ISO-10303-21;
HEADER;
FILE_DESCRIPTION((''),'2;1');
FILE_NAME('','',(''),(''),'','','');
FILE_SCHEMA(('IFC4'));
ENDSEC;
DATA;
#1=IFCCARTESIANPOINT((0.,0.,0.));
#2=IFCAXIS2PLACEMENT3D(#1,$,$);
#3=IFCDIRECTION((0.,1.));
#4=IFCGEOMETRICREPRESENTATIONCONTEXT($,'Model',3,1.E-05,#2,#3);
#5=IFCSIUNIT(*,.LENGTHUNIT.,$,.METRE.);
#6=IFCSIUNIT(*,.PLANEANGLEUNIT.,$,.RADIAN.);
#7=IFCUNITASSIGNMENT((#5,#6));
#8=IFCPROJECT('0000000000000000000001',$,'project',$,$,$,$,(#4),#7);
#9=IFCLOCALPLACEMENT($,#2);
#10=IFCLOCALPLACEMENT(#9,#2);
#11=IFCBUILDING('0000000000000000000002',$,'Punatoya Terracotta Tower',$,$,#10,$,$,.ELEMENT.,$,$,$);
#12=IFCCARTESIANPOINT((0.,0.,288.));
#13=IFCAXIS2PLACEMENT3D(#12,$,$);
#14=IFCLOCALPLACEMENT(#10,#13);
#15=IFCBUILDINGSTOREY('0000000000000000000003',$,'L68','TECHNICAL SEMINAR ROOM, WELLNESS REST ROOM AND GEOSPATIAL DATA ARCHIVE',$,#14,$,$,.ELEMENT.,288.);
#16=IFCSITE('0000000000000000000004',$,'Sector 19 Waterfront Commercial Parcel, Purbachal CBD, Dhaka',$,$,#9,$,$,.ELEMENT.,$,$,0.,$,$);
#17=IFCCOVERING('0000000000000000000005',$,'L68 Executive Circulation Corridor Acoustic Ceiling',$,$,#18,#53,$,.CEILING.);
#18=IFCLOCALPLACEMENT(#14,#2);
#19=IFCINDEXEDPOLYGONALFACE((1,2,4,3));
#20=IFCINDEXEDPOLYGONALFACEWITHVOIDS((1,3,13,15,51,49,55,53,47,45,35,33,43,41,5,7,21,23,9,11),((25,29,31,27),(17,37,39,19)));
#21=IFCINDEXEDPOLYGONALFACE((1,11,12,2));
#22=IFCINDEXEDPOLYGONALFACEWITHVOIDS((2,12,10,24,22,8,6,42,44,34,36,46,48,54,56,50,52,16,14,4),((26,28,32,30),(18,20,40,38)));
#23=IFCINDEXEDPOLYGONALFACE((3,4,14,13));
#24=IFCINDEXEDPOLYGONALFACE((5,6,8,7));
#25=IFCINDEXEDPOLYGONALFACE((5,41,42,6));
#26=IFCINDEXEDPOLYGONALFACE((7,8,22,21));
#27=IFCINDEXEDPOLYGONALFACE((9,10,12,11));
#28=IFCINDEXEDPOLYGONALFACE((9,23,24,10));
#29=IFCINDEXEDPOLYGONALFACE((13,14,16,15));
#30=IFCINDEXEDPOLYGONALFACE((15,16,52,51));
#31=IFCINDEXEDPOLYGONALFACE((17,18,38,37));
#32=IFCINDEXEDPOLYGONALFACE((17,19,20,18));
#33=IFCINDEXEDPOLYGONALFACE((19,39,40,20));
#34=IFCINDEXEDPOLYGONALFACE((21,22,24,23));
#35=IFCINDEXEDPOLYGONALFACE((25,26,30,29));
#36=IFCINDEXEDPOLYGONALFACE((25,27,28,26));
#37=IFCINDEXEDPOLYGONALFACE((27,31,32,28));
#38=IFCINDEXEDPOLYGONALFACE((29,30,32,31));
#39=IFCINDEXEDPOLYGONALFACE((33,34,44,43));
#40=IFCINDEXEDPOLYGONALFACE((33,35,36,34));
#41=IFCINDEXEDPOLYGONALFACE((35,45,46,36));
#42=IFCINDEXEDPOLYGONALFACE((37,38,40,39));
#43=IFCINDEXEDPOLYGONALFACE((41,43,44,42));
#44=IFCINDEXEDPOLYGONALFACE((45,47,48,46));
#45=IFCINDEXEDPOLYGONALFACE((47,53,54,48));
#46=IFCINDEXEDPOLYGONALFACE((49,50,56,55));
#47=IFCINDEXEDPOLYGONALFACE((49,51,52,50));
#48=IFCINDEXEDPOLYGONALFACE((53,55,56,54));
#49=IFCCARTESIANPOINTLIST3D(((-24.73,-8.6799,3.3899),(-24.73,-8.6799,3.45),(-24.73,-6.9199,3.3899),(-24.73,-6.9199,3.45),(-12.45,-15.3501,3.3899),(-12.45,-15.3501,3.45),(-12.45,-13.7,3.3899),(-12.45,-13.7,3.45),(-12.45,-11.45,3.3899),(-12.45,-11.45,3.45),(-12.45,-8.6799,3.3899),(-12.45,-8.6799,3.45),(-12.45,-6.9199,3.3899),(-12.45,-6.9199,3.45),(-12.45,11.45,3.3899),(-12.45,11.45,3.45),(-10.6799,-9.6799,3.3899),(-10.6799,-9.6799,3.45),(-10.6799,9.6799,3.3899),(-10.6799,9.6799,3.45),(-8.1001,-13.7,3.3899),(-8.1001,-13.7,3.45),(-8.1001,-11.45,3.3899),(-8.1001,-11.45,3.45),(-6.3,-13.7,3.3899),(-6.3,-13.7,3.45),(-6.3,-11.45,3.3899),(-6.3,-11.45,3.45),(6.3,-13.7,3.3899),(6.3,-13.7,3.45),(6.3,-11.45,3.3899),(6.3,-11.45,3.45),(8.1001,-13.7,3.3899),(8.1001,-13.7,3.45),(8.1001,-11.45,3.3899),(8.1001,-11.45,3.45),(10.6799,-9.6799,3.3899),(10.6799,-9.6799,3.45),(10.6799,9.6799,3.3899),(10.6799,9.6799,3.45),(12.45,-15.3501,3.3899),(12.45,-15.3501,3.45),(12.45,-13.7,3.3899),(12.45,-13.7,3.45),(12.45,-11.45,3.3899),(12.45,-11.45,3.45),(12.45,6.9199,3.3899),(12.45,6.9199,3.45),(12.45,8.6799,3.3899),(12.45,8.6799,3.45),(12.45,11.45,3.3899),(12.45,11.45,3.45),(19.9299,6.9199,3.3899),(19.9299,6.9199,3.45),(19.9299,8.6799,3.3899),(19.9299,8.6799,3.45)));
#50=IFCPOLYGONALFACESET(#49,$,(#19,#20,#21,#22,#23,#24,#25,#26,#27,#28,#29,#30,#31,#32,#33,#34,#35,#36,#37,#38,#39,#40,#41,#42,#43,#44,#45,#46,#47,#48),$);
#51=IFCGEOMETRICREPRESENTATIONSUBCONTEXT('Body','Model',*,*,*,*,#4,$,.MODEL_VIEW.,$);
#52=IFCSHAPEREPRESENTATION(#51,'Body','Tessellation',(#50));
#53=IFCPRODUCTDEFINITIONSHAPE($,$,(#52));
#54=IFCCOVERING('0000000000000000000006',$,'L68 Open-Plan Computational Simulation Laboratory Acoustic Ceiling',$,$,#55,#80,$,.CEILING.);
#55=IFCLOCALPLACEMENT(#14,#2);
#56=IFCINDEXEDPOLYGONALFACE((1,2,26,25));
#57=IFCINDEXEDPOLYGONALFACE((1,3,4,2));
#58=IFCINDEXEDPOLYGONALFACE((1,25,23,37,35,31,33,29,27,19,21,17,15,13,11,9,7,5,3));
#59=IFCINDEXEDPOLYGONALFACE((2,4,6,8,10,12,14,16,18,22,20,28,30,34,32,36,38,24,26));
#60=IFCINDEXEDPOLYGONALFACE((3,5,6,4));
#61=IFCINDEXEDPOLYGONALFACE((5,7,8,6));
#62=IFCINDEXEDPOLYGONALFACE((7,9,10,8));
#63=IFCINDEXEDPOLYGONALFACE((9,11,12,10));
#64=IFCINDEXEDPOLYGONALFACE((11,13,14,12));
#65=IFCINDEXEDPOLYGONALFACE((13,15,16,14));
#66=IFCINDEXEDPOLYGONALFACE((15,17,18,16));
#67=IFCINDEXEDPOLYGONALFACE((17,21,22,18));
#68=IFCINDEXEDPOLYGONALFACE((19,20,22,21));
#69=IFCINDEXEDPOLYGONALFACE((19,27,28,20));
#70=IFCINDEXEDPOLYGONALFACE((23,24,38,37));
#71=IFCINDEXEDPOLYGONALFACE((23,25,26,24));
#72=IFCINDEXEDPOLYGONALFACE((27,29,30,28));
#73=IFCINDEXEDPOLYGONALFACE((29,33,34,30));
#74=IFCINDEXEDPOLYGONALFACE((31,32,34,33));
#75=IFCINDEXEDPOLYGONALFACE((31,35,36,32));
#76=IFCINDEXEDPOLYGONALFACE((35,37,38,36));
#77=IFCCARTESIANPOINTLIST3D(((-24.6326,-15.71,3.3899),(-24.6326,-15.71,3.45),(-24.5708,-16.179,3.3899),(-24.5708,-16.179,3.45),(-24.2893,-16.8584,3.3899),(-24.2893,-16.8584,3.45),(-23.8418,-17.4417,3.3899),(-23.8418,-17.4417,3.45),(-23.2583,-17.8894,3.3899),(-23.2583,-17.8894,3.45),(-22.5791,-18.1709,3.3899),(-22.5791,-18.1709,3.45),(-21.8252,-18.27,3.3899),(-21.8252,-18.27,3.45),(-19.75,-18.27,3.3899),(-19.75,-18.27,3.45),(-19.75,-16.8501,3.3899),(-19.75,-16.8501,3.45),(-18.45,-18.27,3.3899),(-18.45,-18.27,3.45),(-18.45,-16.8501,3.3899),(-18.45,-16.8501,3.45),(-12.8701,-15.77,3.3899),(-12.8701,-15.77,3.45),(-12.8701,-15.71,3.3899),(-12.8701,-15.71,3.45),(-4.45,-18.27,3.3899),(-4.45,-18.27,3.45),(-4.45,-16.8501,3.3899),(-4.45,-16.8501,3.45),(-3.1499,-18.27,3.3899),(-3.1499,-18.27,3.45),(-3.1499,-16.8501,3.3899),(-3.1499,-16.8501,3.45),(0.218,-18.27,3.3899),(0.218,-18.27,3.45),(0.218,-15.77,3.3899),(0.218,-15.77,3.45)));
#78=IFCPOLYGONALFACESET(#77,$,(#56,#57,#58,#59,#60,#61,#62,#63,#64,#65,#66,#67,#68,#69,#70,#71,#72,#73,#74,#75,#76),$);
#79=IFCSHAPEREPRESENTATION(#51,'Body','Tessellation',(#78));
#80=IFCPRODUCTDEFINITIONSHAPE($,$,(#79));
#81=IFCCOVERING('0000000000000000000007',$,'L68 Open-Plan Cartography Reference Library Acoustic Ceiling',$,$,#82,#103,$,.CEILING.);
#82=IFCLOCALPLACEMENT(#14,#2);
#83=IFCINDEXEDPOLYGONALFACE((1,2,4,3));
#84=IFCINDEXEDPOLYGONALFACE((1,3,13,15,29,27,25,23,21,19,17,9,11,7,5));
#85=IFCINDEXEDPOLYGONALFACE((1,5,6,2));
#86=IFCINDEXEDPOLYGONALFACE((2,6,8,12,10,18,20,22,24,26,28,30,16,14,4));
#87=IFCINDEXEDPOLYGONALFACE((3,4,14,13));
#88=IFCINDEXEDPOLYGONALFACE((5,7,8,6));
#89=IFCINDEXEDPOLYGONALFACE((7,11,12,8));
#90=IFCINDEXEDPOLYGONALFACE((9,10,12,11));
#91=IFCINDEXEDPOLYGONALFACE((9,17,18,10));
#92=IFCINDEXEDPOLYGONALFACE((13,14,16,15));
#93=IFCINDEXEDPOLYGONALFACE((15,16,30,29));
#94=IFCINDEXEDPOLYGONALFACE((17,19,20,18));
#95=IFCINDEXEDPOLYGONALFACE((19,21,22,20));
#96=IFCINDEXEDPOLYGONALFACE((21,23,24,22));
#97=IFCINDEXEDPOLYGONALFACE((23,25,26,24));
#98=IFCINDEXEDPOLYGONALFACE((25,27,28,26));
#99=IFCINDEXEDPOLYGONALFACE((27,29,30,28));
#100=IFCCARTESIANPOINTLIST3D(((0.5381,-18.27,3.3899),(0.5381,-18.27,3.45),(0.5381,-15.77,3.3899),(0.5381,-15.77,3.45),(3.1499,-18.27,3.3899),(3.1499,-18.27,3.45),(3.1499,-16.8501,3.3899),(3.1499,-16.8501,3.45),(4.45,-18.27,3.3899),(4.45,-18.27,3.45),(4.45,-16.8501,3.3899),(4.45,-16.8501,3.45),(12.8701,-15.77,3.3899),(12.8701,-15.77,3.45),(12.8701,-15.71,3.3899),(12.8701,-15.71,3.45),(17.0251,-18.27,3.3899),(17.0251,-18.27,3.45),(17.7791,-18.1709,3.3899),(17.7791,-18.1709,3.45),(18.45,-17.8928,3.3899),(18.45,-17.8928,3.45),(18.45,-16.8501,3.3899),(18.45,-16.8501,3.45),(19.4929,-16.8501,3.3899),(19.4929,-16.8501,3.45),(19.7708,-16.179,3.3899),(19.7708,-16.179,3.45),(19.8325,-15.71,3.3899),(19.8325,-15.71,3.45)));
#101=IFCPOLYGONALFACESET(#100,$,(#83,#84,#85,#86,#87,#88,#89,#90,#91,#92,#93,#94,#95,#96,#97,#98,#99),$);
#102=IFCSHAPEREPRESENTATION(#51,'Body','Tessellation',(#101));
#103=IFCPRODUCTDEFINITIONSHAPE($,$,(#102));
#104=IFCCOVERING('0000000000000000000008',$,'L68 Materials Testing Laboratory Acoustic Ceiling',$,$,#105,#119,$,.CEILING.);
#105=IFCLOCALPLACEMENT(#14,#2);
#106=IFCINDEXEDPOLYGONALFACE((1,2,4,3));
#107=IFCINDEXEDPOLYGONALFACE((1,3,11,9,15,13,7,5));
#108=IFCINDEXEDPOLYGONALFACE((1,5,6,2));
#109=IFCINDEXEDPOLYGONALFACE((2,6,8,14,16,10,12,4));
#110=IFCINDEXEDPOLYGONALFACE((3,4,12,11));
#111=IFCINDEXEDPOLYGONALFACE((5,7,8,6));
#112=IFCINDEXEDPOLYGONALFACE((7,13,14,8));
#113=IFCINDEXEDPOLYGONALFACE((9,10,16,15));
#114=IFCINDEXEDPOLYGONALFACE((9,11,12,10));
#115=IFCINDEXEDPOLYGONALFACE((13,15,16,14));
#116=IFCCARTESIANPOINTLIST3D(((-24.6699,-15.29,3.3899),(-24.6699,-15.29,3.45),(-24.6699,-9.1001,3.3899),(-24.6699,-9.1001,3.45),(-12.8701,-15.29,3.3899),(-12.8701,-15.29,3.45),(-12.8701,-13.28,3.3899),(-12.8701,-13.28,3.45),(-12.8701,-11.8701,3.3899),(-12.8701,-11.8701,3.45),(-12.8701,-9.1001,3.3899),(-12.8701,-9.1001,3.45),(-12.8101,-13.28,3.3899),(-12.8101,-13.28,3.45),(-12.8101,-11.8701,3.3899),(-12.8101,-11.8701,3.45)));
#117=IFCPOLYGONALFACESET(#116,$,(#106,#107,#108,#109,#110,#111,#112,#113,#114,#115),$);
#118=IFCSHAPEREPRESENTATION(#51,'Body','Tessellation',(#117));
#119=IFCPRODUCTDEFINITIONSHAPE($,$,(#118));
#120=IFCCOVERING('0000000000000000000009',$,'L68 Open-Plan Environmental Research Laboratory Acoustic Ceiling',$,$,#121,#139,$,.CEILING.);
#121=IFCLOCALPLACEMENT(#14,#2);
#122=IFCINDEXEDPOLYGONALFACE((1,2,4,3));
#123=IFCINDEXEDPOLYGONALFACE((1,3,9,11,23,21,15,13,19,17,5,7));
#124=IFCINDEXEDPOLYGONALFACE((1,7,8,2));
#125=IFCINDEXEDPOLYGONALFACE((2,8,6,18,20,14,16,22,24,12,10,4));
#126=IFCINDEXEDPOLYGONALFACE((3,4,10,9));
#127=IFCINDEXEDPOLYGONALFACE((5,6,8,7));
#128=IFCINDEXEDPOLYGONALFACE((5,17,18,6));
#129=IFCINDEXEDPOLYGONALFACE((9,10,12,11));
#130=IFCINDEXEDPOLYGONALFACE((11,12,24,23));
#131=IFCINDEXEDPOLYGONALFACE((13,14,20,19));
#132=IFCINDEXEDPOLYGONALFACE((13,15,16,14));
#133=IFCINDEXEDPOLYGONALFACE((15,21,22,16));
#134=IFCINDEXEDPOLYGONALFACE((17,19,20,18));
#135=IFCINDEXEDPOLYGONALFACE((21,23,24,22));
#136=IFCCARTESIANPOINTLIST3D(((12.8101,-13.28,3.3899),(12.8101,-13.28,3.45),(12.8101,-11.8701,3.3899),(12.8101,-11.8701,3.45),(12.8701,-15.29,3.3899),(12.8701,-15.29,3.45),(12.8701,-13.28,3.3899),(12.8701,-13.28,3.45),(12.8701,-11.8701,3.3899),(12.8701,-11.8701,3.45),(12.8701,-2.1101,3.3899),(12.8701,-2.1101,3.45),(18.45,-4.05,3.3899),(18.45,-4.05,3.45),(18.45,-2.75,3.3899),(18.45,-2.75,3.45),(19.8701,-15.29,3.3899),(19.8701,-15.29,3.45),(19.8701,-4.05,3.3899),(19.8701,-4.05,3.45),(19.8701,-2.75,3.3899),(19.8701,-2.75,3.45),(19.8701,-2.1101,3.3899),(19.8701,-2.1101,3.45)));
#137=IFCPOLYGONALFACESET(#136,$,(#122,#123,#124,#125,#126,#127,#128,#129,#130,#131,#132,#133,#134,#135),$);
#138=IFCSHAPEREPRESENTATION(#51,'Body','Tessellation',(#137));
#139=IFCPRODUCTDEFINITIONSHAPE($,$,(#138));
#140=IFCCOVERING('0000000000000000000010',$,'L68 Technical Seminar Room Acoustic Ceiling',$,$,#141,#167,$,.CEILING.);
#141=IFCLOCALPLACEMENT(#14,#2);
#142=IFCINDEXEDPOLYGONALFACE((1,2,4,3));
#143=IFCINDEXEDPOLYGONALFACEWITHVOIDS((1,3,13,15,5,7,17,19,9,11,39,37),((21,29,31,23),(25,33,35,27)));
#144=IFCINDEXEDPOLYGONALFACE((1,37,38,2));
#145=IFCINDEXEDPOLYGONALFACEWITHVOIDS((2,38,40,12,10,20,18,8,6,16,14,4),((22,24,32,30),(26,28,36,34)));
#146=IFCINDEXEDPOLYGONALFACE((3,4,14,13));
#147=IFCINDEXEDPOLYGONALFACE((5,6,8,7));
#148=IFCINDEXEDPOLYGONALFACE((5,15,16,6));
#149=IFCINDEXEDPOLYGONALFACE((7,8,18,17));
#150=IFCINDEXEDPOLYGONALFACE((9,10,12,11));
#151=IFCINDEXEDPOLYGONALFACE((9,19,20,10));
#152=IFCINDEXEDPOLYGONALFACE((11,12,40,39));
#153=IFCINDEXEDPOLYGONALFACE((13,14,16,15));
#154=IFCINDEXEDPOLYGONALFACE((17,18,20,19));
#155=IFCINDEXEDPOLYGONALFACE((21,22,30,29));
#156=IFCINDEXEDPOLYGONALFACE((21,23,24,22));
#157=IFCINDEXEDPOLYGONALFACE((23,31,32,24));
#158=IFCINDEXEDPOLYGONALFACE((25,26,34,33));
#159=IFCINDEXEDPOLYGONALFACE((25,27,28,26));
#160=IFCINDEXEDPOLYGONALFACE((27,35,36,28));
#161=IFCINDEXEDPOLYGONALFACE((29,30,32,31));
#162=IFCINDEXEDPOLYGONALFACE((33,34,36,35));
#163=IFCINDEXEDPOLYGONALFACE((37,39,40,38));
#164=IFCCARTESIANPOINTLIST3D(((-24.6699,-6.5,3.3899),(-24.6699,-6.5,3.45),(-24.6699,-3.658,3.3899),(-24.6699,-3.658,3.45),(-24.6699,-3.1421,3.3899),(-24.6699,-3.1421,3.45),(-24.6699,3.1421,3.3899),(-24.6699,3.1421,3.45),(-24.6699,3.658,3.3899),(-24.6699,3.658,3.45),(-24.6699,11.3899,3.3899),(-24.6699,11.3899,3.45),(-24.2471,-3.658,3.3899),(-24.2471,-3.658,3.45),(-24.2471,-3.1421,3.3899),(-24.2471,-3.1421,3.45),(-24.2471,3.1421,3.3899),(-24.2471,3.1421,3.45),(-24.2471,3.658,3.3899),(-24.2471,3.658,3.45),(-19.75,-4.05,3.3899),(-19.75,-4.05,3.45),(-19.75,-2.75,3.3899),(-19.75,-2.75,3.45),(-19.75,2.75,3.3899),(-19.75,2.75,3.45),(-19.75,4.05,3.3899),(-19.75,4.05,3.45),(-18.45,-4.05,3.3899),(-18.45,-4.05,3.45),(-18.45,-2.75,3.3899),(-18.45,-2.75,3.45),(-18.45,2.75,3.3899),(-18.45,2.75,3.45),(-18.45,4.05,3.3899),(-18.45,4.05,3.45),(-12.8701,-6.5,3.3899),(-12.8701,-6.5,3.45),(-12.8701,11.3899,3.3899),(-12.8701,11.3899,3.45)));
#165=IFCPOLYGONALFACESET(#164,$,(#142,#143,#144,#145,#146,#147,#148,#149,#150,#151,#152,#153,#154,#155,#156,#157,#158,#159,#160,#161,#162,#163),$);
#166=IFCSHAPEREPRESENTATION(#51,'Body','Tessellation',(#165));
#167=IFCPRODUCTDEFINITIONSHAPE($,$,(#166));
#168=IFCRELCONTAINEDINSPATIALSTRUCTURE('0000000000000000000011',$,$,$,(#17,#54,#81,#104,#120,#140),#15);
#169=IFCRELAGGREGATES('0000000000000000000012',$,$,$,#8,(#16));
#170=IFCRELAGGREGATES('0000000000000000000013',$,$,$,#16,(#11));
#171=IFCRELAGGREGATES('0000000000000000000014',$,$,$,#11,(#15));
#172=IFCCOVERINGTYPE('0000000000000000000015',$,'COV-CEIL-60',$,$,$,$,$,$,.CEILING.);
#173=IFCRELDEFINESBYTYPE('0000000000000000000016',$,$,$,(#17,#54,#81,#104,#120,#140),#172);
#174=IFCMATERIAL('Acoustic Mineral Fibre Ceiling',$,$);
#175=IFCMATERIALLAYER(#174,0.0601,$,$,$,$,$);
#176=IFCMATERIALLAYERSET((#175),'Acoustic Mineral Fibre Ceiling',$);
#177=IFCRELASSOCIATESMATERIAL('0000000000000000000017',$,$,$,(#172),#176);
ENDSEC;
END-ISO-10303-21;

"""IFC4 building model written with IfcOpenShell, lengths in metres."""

from ifc_helpers import new_model, si_unit, direction, frame, origin, place, context, subcontext, project, spatial, polyline, outline, extrude, material, layer, layer_set, type_object, element, save


model = new_model("IFC4")

# Units and contexts
model_context = context("Model", 3, precision=1e-05, world=origin(), true_north=direction((0.0, 1.0)))
body_context = subcontext(model_context, "Body", "Model", "MODEL_VIEW")
ifc_project = project(units=[si_unit("LENGTHUNIT", "METRE"), si_unit("PLANEANGLEUNIT", "RADIAN")], contexts=[model_context])

# Site, building, storey
site_placement = place(None, origin())
site = spatial("IfcSite", under=ifc_project, at=site_placement, Name="Sector 19 Waterfront Commercial Parcel, Purbachal CBD, Dhaka", CompositionType="ELEMENT", RefElevation=0.0)
building_placement = place(site_placement, origin())
building = spatial("IfcBuilding", under=site, at=building_placement, Name="Punatoya Terracotta Tower", CompositionType="ELEMENT")
storey_placement = place(building_placement, frame((0.0, 0.0, 288.0)))
storey = spatial("IfcBuildingStorey", under=building, at=storey_placement, Name="L68", Description="TECHNICAL SEMINAR ROOM, WELLNESS REST ROOM AND GEOSPATIAL DATA ARCHIVE", CompositionType="ELEMENT", Elevation=288.0)

# Coverings
ifc_material_1 = material(Name="Acoustic Mineral Fibre Ceiling")
ifc_layer_1 = layer(ifc_material_1, 0.0601)
ifc_layer_set_1 = layer_set([ifc_layer_1], Name="Acoustic Mineral Fibre Ceiling")
covering_type = type_object("IfcCoveringType", Name="COV-CEIL-60", PredefinedType="CEILING", material=ifc_layer_set_1)
covering_1_placement = place(storey_placement, frame((0.0, 0.0, 3.3899)))
element("IfcCovering", 1, at=covering_1_placement, inside=storey, type_object=covering_type, Name="L68 Executive Circulation Corridor Acoustic Ceiling", PredefinedType="CEILING", context=body_context, shape_type="SweptSolid", body=[
    extrude(outline(polyline([(-12.45, -15.3501), (12.45, -15.3501), (12.45, -13.7), (8.1001, -13.7), (8.1001, -11.45), (12.45, -11.45), (12.45, 6.9199), (19.9299, 6.9199), (19.9299, 8.6799), (12.45, 8.6799), (12.45, 11.45), (-12.45, 11.45), (-12.45, -6.9199), (-24.73, -6.9199), (-24.73, -8.6799), (-12.45, -8.6799), (-12.45, -11.45), (-8.1001, -11.45), (-8.1001, -13.7), (-12.45, -13.7), (-12.45, -15.3501)]), holes=[polyline([(10.6799, 9.6799), (10.6799, -9.6799), (-10.6799, -9.6799), (-10.6799, 9.6799), (10.6799, 9.6799)]), polyline([(6.3, -13.7), (-6.3, -13.7), (-6.3, -11.45), (6.3, -11.45), (6.3, -13.7)])]), origin(), (0.0, 0.0, 1.0), 0.0601),
])
covering_2_placement = place(storey_placement, frame((0.0, 0.0, 3.3899)))
element("IfcCovering", 2, at=covering_2_placement, inside=storey, type_object=covering_type, Name="L68 Open-Plan Computational Simulation Laboratory Acoustic Ceiling", PredefinedType="CEILING", context=body_context, shape_type="SweptSolid", body=[
    extrude(outline(polyline([(-23.2583, -17.8894), (-22.5791, -18.1709), (-21.8252, -18.27), (-19.75, -18.27), (-19.75, -16.8501), (-18.45, -16.8501), (-18.45, -18.27), (-4.45, -18.27), (-4.45, -16.8501), (-3.1499, -16.8501), (-3.1499, -18.27), (0.218, -18.27), (0.218, -15.77), (-12.8701, -15.77), (-12.8701, -15.71), (-24.6326, -15.71), (-24.5708, -16.179), (-24.2893, -16.8584), (-23.8418, -17.4417), (-23.2583, -17.8894)])), origin(), (0.0, 0.0, 1.0), 0.0601),
])
covering_3_placement = place(storey_placement, frame((0.0, 0.0, 3.3899)))
element("IfcCovering", 3, at=covering_3_placement, inside=storey, type_object=covering_type, Name="L68 Open-Plan Cartography Reference Library Acoustic Ceiling", PredefinedType="CEILING", context=body_context, shape_type="SweptSolid", body=[
    extrude(outline(polyline([(3.1499, -18.27), (3.1499, -16.8501), (4.45, -16.8501), (4.45, -18.27), (17.0251, -18.27), (17.7791, -18.1709), (18.45, -17.8928), (18.45, -16.8501), (19.4929, -16.8501), (19.7708, -16.179), (19.8325, -15.71), (12.8701, -15.71), (12.8701, -15.77), (0.5381, -15.77), (0.5381, -18.27), (3.1499, -18.27)])), origin(), (0.0, 0.0, 1.0), 0.0601),
])
covering_4_placement = place(storey_placement, frame((0.0, 0.0, 3.3899)))
element("IfcCovering", 4, at=covering_4_placement, inside=storey, type_object=covering_type, Name="L68 Materials Testing Laboratory Acoustic Ceiling", PredefinedType="CEILING", context=body_context, shape_type="SweptSolid", body=[
    extrude(outline(polyline([(-12.8701, -13.28), (-12.8101, -13.28), (-12.8101, -11.8701), (-12.8701, -11.8701), (-12.8701, -9.1001), (-24.6699, -9.1001), (-24.6699, -15.29), (-12.8701, -15.29), (-12.8701, -13.28)])), origin(), (0.0, 0.0, 1.0), 0.0601),
])
covering_5_placement = place(storey_placement, frame((0.0, 0.0, 3.3899)))
element("IfcCovering", 5, at=covering_5_placement, inside=storey, type_object=covering_type, Name="L68 Open-Plan Environmental Research Laboratory Acoustic Ceiling", PredefinedType="CEILING", context=body_context, shape_type="SweptSolid", body=[
    extrude(outline(polyline([(12.8101, -13.28), (12.8701, -13.28), (12.8701, -15.29), (19.8701, -15.29), (19.8701, -4.05), (18.45, -4.05), (18.45, -2.75), (19.8701, -2.75), (19.8701, -2.1101), (12.8701, -2.1101), (12.8701, -11.8701), (12.8101, -11.8701), (12.8101, -13.28)])), origin(), (0.0, 0.0, 1.0), 0.0601),
])
covering_6_placement = place(storey_placement, frame((0.0, 0.0, 3.3899)))
element("IfcCovering", 6, at=covering_6_placement, inside=storey, type_object=covering_type, Name="L68 Technical Seminar Room Acoustic Ceiling", PredefinedType="CEILING", context=body_context, shape_type="SweptSolid", body=[
    extrude(outline(polyline([(-24.6699, -6.5), (-12.8701, -6.5), (-12.8701, 11.3899), (-24.6699, 11.3899), (-24.6699, 3.658), (-24.2471, 3.658), (-24.2471, 3.1421), (-24.6699, 3.1421), (-24.6699, -3.1421), (-24.2471, -3.1421), (-24.2471, -3.658), (-24.6699, -3.658), (-24.6699, -6.5)]), holes=[polyline([(-18.45, -4.05), (-19.75, -4.05), (-19.75, -2.75), (-18.45, -2.75), (-18.45, -4.05)]), polyline([(-18.45, 4.05), (-18.45, 2.75), (-19.75, 2.75), (-19.75, 4.05), (-18.45, 4.05)])]), origin(), (0.0, 0.0, 1.0), 0.0601),
])

save(model, "model.ifc")
